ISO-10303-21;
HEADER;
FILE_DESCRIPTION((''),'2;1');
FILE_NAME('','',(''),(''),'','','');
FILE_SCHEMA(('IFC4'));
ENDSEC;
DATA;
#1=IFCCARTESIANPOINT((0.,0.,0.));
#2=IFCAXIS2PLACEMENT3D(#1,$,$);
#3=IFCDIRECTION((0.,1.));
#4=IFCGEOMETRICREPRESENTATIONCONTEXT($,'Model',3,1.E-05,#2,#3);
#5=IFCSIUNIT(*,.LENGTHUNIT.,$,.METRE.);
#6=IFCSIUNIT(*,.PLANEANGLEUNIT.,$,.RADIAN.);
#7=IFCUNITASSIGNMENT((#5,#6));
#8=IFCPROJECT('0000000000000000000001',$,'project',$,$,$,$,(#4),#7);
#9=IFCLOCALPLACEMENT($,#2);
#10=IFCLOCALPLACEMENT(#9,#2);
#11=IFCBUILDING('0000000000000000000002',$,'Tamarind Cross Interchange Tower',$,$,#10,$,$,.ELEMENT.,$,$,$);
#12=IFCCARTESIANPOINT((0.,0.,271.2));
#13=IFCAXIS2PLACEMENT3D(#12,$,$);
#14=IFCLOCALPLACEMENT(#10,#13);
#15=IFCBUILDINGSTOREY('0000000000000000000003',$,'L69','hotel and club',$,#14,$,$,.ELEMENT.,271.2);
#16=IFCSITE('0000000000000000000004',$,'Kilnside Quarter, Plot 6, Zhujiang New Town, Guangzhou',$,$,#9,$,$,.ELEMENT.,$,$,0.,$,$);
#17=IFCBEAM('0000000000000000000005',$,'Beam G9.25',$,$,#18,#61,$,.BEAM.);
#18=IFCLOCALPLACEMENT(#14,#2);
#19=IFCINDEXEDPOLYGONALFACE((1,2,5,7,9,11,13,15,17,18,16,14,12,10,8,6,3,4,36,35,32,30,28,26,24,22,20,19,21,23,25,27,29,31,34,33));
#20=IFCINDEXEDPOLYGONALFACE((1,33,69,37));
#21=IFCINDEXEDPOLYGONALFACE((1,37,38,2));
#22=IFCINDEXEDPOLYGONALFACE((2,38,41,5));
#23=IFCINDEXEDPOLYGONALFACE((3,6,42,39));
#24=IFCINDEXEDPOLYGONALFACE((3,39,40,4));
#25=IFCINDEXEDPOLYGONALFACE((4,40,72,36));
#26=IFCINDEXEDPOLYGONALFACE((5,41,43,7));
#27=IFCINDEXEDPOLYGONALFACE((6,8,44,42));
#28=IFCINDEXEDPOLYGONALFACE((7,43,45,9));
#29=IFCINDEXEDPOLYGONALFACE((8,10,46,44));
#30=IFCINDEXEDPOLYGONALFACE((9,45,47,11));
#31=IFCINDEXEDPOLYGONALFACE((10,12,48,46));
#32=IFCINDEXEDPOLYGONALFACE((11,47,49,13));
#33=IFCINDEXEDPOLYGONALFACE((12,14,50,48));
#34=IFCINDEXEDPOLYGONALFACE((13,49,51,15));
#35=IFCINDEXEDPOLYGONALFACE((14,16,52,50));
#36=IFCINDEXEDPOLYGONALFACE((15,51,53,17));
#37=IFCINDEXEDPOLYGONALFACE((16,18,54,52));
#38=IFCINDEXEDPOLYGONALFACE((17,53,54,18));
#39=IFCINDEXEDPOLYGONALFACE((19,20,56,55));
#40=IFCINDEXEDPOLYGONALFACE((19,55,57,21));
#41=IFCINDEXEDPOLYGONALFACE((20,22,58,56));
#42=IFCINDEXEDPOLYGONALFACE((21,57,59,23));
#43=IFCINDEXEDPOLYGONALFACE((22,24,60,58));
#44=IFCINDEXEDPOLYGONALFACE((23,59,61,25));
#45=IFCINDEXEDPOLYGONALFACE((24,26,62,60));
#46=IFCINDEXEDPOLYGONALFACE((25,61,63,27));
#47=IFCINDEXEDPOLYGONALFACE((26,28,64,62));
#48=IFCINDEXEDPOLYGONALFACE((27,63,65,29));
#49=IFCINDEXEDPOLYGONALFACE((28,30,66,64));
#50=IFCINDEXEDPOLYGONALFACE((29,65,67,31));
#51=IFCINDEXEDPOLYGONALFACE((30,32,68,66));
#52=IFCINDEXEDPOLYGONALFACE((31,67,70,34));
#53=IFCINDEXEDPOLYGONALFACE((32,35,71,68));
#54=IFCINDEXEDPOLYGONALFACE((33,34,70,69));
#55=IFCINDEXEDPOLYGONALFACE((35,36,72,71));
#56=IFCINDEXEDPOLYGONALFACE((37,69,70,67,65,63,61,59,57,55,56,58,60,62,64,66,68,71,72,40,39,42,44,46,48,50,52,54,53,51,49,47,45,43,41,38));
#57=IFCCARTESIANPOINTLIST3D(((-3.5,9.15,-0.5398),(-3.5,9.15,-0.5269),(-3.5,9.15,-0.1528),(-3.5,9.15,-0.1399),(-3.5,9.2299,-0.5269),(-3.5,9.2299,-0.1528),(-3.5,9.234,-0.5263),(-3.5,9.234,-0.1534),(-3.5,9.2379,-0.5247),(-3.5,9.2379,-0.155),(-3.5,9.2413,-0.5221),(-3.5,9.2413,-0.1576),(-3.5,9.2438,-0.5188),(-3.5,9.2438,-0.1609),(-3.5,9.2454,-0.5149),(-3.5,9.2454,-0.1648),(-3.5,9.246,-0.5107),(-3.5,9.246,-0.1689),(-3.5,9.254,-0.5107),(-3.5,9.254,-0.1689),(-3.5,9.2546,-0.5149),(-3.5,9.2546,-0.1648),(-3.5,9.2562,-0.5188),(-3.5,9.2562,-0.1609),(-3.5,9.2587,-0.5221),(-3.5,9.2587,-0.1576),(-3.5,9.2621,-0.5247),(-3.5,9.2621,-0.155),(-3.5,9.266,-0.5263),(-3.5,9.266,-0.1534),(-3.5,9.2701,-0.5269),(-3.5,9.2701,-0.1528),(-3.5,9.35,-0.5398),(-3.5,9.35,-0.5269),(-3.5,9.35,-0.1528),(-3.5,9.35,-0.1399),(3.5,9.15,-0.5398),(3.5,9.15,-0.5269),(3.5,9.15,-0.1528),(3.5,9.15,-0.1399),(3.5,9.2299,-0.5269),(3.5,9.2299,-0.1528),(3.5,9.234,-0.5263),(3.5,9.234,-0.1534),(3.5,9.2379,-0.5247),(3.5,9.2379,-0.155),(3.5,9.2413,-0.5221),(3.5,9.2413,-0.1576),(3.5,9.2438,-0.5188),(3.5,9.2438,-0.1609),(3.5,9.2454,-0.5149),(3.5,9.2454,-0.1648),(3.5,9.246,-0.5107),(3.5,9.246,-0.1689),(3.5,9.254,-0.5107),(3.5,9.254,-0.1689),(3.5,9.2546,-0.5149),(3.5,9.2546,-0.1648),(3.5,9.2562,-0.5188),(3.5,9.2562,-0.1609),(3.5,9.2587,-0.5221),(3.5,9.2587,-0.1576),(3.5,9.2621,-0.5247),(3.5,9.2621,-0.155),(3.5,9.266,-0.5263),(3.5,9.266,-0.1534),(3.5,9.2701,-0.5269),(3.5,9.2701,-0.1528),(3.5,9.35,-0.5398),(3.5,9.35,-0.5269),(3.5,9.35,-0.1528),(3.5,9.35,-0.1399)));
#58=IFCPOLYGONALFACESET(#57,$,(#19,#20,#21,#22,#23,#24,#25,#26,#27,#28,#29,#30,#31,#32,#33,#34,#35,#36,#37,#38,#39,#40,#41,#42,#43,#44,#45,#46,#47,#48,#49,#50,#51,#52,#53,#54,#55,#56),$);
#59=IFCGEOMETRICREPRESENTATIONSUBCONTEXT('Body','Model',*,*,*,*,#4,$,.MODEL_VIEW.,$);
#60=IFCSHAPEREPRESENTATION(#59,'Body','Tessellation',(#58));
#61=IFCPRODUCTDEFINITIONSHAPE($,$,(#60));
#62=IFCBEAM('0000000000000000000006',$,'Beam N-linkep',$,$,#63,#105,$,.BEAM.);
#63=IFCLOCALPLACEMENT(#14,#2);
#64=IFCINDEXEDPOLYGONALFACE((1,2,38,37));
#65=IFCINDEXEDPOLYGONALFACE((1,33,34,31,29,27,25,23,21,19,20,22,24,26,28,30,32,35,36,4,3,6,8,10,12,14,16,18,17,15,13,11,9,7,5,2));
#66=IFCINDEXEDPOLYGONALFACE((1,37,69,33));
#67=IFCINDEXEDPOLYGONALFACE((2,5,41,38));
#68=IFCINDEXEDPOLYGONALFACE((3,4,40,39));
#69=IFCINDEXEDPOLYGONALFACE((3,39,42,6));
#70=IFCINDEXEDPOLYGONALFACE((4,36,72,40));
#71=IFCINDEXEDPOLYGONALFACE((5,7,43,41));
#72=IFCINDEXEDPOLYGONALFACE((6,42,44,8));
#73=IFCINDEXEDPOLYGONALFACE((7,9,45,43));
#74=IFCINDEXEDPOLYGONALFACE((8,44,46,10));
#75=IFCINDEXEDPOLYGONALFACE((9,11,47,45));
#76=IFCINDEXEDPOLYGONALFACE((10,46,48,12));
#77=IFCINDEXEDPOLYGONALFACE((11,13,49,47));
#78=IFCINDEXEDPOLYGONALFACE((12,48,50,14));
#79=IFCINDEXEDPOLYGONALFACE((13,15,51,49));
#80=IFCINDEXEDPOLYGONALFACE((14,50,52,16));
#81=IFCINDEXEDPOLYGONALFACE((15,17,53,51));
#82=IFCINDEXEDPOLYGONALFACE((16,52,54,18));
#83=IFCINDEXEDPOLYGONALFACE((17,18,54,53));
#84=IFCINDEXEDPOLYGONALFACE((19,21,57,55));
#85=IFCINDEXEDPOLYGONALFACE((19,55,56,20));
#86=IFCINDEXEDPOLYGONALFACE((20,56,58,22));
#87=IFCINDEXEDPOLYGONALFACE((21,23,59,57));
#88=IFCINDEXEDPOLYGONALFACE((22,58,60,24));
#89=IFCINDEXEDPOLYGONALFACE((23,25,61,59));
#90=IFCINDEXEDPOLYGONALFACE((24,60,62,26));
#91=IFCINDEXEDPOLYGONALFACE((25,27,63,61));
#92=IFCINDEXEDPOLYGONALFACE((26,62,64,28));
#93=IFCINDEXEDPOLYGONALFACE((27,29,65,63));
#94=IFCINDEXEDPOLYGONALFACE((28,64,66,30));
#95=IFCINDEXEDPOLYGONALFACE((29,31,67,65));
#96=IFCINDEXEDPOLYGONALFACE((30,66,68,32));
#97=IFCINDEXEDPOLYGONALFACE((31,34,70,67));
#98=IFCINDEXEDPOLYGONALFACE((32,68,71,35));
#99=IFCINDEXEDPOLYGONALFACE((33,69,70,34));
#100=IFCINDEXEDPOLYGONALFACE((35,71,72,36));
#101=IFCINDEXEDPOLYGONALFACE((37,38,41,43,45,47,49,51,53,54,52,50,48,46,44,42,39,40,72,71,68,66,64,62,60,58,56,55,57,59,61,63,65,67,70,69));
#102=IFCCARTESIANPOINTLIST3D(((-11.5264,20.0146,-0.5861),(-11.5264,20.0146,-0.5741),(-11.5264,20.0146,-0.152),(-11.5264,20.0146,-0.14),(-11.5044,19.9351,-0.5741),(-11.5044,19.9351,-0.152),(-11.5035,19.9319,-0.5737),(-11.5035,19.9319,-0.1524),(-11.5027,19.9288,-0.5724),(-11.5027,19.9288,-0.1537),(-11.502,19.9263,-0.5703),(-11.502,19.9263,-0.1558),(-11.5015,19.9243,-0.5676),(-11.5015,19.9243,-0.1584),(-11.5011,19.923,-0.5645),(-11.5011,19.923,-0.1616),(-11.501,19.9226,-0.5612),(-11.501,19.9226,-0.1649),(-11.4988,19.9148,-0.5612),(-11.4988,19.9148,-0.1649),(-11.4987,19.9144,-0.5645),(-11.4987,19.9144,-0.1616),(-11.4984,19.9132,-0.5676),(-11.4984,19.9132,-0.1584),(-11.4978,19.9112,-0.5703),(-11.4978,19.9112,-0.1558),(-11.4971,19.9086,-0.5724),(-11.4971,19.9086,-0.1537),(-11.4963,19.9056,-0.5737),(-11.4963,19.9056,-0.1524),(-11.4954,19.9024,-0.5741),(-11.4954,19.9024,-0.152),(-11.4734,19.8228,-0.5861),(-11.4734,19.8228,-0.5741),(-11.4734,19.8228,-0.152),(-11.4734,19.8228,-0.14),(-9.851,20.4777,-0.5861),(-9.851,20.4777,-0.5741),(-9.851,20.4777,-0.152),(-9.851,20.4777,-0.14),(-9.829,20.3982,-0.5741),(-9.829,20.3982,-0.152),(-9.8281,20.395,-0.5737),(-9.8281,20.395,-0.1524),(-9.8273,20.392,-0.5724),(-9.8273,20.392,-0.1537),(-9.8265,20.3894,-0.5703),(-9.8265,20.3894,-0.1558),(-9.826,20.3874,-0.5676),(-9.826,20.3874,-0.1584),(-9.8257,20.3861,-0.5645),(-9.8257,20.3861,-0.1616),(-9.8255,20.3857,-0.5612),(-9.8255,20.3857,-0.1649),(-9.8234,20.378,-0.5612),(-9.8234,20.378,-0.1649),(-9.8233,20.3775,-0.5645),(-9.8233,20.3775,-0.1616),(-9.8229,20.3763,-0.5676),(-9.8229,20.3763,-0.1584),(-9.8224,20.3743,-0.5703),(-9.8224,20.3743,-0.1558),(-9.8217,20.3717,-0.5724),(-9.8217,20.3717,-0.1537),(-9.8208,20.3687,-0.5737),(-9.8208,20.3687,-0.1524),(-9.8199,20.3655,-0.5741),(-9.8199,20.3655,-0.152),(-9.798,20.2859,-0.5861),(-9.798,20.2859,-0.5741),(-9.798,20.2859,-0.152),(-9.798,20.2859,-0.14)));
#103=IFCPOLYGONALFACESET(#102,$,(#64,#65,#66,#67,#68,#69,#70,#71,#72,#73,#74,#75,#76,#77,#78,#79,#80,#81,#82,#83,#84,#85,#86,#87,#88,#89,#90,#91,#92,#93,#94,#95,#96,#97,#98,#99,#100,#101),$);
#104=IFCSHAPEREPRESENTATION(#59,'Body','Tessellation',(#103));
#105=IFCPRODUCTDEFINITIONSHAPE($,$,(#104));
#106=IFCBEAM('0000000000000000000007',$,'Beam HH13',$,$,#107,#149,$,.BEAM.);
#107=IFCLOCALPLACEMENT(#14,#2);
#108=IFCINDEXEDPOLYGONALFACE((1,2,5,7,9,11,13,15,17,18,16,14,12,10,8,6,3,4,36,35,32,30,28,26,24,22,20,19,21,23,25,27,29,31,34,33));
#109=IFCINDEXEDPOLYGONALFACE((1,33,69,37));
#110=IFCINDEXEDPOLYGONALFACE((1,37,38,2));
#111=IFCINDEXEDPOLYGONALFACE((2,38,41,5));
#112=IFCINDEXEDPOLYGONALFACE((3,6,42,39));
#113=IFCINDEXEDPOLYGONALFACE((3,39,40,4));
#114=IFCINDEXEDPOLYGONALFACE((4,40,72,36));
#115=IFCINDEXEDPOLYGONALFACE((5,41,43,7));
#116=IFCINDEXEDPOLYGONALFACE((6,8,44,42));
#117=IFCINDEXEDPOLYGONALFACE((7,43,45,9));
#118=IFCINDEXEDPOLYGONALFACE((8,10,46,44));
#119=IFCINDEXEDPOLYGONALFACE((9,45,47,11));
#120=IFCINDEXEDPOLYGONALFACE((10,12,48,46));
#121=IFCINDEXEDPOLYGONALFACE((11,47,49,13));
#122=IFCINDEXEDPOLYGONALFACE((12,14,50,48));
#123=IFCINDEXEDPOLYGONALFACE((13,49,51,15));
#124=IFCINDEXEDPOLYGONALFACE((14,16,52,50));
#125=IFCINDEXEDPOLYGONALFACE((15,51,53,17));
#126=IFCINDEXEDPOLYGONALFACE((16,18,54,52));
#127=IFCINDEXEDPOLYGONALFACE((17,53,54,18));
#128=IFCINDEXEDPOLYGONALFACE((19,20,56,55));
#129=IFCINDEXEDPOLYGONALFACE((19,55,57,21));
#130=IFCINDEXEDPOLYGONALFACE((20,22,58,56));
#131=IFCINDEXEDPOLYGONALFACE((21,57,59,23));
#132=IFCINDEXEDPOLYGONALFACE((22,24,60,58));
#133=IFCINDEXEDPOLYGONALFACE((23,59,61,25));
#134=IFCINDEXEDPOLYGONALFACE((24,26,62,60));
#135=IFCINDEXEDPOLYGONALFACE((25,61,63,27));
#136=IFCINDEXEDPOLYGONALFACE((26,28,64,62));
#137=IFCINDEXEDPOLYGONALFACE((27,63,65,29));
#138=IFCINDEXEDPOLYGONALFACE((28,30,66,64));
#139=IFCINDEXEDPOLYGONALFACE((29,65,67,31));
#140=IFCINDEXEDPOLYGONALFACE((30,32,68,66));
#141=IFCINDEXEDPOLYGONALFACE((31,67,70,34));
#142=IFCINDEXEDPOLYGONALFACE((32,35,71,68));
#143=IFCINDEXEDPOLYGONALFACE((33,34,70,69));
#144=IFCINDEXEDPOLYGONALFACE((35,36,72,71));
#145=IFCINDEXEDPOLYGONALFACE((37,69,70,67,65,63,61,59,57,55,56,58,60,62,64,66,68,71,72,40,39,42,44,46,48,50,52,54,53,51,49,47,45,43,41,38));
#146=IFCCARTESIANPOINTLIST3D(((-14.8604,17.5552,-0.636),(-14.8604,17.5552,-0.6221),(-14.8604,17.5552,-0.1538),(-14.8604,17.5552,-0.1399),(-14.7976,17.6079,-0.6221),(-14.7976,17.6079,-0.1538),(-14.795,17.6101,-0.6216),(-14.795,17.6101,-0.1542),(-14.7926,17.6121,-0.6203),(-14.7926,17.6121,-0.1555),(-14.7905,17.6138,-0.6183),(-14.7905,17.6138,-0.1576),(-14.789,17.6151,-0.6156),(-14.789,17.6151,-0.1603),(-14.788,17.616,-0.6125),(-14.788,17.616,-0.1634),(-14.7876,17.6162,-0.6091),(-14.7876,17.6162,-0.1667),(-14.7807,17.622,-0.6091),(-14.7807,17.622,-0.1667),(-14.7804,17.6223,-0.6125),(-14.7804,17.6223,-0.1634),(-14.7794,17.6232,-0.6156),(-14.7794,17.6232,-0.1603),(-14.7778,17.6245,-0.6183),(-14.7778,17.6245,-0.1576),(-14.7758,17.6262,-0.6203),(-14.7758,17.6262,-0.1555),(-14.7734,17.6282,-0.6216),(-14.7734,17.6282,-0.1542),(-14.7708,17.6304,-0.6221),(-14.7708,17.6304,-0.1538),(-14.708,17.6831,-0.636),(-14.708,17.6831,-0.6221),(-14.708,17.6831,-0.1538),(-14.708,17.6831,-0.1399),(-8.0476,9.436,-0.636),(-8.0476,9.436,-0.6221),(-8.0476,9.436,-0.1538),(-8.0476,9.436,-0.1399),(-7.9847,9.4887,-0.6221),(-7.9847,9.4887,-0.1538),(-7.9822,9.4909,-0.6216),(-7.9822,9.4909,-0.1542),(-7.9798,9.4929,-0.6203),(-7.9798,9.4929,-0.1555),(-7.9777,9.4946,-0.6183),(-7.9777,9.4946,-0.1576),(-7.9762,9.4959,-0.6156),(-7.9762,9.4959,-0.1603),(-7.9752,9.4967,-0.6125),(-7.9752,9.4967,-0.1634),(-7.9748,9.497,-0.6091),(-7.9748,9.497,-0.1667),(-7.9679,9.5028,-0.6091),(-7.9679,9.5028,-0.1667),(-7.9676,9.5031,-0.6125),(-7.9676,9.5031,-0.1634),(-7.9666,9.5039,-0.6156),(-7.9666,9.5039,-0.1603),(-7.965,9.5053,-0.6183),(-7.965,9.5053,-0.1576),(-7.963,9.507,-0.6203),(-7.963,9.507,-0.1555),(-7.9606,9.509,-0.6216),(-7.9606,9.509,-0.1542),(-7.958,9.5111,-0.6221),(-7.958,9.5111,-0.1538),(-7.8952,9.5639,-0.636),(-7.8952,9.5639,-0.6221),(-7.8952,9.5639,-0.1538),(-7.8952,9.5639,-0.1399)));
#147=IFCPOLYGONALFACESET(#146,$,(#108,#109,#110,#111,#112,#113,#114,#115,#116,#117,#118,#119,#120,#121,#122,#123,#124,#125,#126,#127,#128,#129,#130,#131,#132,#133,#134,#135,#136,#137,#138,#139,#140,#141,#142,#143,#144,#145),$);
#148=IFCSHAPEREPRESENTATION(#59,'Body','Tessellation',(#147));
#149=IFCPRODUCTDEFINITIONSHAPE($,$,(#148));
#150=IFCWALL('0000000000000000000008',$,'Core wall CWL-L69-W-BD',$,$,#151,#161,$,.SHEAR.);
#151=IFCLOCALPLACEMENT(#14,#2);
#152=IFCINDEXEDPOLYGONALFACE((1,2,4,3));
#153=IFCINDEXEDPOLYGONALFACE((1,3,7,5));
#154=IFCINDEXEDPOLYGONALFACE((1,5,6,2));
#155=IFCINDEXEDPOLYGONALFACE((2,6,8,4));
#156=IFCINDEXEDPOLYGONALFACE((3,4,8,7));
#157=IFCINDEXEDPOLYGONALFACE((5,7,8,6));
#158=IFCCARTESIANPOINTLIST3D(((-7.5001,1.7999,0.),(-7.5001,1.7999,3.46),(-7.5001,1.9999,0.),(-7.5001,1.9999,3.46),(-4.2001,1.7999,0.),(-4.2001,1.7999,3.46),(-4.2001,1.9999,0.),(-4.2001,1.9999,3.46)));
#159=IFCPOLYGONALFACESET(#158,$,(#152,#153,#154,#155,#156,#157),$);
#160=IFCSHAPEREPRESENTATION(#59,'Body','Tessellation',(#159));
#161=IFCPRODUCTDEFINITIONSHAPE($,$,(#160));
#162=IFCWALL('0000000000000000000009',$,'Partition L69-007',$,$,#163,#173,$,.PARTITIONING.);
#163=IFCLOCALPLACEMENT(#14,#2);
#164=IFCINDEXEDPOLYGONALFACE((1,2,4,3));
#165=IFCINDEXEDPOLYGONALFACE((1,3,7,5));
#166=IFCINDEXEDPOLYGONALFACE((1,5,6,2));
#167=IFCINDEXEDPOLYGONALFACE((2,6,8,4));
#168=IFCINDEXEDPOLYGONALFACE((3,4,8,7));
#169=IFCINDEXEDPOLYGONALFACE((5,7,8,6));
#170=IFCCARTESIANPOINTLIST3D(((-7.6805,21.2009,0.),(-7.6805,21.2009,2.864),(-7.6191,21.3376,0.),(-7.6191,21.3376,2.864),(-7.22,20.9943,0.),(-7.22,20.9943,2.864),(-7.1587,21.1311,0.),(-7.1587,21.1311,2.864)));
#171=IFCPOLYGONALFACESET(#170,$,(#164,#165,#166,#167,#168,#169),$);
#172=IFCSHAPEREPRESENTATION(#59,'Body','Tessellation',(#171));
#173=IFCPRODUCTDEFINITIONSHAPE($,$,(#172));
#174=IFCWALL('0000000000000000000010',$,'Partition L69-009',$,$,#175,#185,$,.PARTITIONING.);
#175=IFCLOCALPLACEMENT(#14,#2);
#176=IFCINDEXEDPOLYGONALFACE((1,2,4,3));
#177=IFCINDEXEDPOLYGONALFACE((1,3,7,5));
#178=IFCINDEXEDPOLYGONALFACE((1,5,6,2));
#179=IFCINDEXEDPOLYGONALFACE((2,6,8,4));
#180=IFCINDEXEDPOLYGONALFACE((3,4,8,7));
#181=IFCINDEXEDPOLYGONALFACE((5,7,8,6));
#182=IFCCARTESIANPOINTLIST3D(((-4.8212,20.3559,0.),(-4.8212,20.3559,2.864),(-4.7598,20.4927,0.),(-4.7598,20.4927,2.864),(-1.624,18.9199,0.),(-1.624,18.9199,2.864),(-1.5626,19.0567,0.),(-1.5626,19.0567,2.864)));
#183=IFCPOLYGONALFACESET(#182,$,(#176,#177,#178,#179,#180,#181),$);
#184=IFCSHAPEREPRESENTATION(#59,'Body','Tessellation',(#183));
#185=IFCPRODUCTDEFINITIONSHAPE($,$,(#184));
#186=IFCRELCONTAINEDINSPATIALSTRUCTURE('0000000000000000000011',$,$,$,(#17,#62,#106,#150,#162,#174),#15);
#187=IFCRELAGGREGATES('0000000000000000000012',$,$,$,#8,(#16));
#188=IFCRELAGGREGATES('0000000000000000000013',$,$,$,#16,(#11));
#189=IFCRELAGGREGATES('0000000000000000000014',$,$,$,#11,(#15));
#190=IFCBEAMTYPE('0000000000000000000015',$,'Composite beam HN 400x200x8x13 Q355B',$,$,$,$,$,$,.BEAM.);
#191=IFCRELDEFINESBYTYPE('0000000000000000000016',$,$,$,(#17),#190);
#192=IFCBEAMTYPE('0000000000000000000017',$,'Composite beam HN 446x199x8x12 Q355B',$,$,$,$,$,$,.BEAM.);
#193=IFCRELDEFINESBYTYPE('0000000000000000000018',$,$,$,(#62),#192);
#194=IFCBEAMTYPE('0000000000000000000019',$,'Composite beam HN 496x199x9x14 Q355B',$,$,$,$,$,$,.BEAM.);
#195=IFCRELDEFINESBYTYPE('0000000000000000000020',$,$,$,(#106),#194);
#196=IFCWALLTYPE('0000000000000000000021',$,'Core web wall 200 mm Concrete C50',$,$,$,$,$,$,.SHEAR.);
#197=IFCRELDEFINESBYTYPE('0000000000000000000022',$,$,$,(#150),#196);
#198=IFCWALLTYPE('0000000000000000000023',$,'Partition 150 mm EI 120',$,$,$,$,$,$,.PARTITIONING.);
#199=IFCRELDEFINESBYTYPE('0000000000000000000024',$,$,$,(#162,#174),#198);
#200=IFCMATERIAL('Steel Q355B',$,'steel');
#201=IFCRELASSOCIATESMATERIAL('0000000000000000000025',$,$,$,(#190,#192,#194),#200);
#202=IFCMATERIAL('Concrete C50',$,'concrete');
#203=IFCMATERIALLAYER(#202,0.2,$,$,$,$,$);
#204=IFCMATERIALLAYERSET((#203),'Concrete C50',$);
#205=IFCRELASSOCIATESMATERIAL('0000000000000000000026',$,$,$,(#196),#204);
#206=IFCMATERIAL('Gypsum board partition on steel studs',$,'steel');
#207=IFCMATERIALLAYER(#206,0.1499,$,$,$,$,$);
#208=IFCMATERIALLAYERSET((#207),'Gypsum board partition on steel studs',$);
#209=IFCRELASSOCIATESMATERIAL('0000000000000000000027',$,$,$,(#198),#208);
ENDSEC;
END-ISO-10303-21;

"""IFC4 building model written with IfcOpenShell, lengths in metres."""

from ifc_helpers import new_model, si_unit, direction, frame, frame_2d, origin, origin_2d, place, context, subcontext, project, spatial, rectangle, i_section, extrude, material, layer, layer_set, material_profile, profile_set, type_object, element, save


model = new_model("IFC4")

# Units and contexts
model_context = context("Model", 3, precision=1e-05, world=origin(), true_north=direction((0.0, 1.0)))
body_context = subcontext(model_context, "Body", "Model", "MODEL_VIEW")
ifc_project = project(units=[si_unit("LENGTHUNIT", "METRE"), si_unit("PLANEANGLEUNIT", "RADIAN")], contexts=[model_context])

# Site, building, storey
site_placement = place(None, origin())
site = spatial("IfcSite", under=ifc_project, at=site_placement, Name="Kilnside Quarter, Plot 6, Zhujiang New Town, Guangzhou", CompositionType="ELEMENT", RefElevation=0.0)
building_placement = place(site_placement, origin())
building = spatial("IfcBuilding", under=site, at=building_placement, Name="Tamarind Cross Interchange Tower", CompositionType="ELEMENT")
storey_placement = place(building_placement, frame((0.0, 0.0, 271.2)))
storey = spatial("IfcBuildingStorey", under=building, at=storey_placement, Name="L69", Description="hotel and club", CompositionType="ELEMENT", Elevation=271.2)

# Beams
ifc_material_1 = material(Name="Steel Q355B", Category="steel")
ifc_material_profile_1 = material_profile(ifc_material_1, i_section(OverallWidth=0.2, OverallDepth=0.3999, WebThickness=0.0081, FlangeThickness=0.0129, FilletRadius=0.0161, at=origin_2d()), Name="HN 400x200x8x13")
ifc_profile_set_1 = profile_set([ifc_material_profile_1], Name="Steel Q355B")
beam_type_1 = type_object("IfcBeamType", Name="Composite beam HN 400x200x8x13 Q355B", PredefinedType="BEAM", material=ifc_profile_set_1)
for number, where, z_axis, x_axis, name in (
    (1, (-3.5, 9.25, -0.3398), (1.0, 0.0, 0.0), (0.0, 1.0, 0.0), "Beam G9.25"),
):
    element("IfcBeam", number, at=place(storey_placement, frame(where, z_axis=z_axis, x_axis=x_axis)), inside=storey, type_object=beam_type_1, Name=name, PredefinedType="BEAM", context=body_context, shape_type="SweptSolid", body=[
        extrude(i_section(OverallWidth=0.2, OverallDepth=0.3999, WebThickness=0.0081, FlangeThickness=0.0129, FilletRadius=0.0161, at=origin_2d()), origin(), (0.0, 0.0, 1.0), 7.0),
    ])
ifc_material_profile_2 = material_profile(ifc_material_1, i_section(OverallWidth=0.199, OverallDepth=0.446, WebThickness=0.0081, FlangeThickness=0.012, FilletRadius=0.0129, at=origin_2d()), Name="HN 446x199x8x12")
ifc_profile_set_2 = profile_set([ifc_material_profile_2], Name="Steel Q355B")
beam_type_2 = type_object("IfcBeamType", Name="Composite beam HN 446x199x8x12 Q355B", PredefinedType="BEAM", material=ifc_profile_set_2)
beam_1_placement = place(storey_placement, frame((-9.8245, 20.3818, -0.363), z_axis=(-0.963857, -0.26642, 0.0), x_axis=(0.26642, -0.963857, 0.0)))
element("IfcBeam", 2, at=beam_1_placement, inside=storey, type_object=beam_type_2, Name="Beam N-linkep", PredefinedType="BEAM", context=body_context, shape_type="SweptSolid", body=[
    extrude(i_section(OverallWidth=0.199, OverallDepth=0.446, WebThickness=0.0081, FlangeThickness=0.012, FilletRadius=0.0129, at=origin_2d()), origin(), (0.0, 0.0, 1.0), 1.7383),
])
ifc_material_profile_3 = material_profile(ifc_material_1, i_section(OverallWidth=0.199, OverallDepth=0.4961, WebThickness=0.009, FlangeThickness=0.0139, FilletRadius=0.0129, at=origin_2d()), Name="HN 496x199x9x14")
ifc_profile_set_3 = profile_set([ifc_material_profile_3], Name="Steel Q355B")
beam_type_3 = type_object("IfcBeamType", Name="Composite beam HN 496x199x9x14 Q355B", PredefinedType="BEAM", material=ifc_profile_set_3)
beam_2_placement = place(storey_placement, frame((-14.7842, 17.6191, -0.3879), z_axis=(0.642786, -0.766046, 0.0), x_axis=(0.766046, 0.642786, 0.0)))
element("IfcBeam", 3, at=beam_2_placement, inside=storey, type_object=beam_type_3, Name="Beam HH13", PredefinedType="BEAM", context=body_context, shape_type="SweptSolid", body=[
    extrude(i_section(OverallWidth=0.199, OverallDepth=0.4961, WebThickness=0.009, FlangeThickness=0.0139, FilletRadius=0.0129, at=origin_2d()), origin(), (0.0, 0.0, 1.0), 10.5989),
])

# Walls
ifc_material_2 = material(Name="Concrete C50", Category="concrete")
ifc_layer_1 = layer(ifc_material_2, 0.2)
ifc_layer_set_1 = layer_set([ifc_layer_1], Name="Concrete C50")
wall_type_1 = type_object("IfcWallType", Name="Core web wall 200 mm Concrete C50", PredefinedType="SHEAR", material=ifc_layer_set_1)
wall_1_placement = place(storey_placement, frame((-7.5, 1.8999, 0.0), z_axis=(0.0, 0.0, 1.0), x_axis=(1.0, 0.0, 0.0)))
element("IfcWall", 4, at=wall_1_placement, inside=storey, type_object=wall_type_1, Name="Core wall CWL-L69-W-BD", PredefinedType="SHEAR", context=body_context, shape_type="SweptSolid", body=[
    extrude(rectangle(XDim=3.3, YDim=0.2, at=frame_2d((1.6499, 0.0))), origin(), (0.0, 0.0, 1.0), 3.46),
])
ifc_material_3 = material(Name="Gypsum board partition on steel studs", Category="steel")
ifc_layer_2 = layer(ifc_material_3, 0.1499)
ifc_layer_set_2 = layer_set([ifc_layer_2], Name="Gypsum board partition on steel studs")
wall_type_2 = type_object("IfcWallType", Name="Partition 150 mm EI 120", PredefinedType="PARTITIONING", material=ifc_layer_set_2)
wall_2_placement = place(storey_placement, frame((-7.6499, 21.2693, 0.0), z_axis=(0.0, 0.0, 1.0), x_axis=(0.91241, -0.409278, 0.0)))
element("IfcWall", 5, at=wall_2_placement, inside=storey, type_object=wall_type_2, Name="Partition L69-007", PredefinedType="PARTITIONING", context=body_context, shape_type="SweptSolid", body=[
    extrude(rectangle(XDim=0.5046, YDim=0.1499, at=frame_2d((0.2524, 0.0))), origin(), (0.0, 0.0, 1.0), 2.864),
])
wall_3_placement = place(storey_placement, frame((-4.7905, 20.4243, 0.0), z_axis=(0.0, 0.0, 1.0), x_axis=(0.912213, -0.409716, 0.0)))
element("IfcWall", 6, at=wall_3_placement, inside=storey, type_object=wall_type_2, Name="Partition L69-009", PredefinedType="PARTITIONING", context=body_context, shape_type="SweptSolid", body=[
    extrude(rectangle(XDim=3.5049, YDim=0.1499, at=frame_2d((1.7524, 0.0))), origin(), (0.0, 0.0, 1.0), 2.864),
])

save(model, "model.ifc")
